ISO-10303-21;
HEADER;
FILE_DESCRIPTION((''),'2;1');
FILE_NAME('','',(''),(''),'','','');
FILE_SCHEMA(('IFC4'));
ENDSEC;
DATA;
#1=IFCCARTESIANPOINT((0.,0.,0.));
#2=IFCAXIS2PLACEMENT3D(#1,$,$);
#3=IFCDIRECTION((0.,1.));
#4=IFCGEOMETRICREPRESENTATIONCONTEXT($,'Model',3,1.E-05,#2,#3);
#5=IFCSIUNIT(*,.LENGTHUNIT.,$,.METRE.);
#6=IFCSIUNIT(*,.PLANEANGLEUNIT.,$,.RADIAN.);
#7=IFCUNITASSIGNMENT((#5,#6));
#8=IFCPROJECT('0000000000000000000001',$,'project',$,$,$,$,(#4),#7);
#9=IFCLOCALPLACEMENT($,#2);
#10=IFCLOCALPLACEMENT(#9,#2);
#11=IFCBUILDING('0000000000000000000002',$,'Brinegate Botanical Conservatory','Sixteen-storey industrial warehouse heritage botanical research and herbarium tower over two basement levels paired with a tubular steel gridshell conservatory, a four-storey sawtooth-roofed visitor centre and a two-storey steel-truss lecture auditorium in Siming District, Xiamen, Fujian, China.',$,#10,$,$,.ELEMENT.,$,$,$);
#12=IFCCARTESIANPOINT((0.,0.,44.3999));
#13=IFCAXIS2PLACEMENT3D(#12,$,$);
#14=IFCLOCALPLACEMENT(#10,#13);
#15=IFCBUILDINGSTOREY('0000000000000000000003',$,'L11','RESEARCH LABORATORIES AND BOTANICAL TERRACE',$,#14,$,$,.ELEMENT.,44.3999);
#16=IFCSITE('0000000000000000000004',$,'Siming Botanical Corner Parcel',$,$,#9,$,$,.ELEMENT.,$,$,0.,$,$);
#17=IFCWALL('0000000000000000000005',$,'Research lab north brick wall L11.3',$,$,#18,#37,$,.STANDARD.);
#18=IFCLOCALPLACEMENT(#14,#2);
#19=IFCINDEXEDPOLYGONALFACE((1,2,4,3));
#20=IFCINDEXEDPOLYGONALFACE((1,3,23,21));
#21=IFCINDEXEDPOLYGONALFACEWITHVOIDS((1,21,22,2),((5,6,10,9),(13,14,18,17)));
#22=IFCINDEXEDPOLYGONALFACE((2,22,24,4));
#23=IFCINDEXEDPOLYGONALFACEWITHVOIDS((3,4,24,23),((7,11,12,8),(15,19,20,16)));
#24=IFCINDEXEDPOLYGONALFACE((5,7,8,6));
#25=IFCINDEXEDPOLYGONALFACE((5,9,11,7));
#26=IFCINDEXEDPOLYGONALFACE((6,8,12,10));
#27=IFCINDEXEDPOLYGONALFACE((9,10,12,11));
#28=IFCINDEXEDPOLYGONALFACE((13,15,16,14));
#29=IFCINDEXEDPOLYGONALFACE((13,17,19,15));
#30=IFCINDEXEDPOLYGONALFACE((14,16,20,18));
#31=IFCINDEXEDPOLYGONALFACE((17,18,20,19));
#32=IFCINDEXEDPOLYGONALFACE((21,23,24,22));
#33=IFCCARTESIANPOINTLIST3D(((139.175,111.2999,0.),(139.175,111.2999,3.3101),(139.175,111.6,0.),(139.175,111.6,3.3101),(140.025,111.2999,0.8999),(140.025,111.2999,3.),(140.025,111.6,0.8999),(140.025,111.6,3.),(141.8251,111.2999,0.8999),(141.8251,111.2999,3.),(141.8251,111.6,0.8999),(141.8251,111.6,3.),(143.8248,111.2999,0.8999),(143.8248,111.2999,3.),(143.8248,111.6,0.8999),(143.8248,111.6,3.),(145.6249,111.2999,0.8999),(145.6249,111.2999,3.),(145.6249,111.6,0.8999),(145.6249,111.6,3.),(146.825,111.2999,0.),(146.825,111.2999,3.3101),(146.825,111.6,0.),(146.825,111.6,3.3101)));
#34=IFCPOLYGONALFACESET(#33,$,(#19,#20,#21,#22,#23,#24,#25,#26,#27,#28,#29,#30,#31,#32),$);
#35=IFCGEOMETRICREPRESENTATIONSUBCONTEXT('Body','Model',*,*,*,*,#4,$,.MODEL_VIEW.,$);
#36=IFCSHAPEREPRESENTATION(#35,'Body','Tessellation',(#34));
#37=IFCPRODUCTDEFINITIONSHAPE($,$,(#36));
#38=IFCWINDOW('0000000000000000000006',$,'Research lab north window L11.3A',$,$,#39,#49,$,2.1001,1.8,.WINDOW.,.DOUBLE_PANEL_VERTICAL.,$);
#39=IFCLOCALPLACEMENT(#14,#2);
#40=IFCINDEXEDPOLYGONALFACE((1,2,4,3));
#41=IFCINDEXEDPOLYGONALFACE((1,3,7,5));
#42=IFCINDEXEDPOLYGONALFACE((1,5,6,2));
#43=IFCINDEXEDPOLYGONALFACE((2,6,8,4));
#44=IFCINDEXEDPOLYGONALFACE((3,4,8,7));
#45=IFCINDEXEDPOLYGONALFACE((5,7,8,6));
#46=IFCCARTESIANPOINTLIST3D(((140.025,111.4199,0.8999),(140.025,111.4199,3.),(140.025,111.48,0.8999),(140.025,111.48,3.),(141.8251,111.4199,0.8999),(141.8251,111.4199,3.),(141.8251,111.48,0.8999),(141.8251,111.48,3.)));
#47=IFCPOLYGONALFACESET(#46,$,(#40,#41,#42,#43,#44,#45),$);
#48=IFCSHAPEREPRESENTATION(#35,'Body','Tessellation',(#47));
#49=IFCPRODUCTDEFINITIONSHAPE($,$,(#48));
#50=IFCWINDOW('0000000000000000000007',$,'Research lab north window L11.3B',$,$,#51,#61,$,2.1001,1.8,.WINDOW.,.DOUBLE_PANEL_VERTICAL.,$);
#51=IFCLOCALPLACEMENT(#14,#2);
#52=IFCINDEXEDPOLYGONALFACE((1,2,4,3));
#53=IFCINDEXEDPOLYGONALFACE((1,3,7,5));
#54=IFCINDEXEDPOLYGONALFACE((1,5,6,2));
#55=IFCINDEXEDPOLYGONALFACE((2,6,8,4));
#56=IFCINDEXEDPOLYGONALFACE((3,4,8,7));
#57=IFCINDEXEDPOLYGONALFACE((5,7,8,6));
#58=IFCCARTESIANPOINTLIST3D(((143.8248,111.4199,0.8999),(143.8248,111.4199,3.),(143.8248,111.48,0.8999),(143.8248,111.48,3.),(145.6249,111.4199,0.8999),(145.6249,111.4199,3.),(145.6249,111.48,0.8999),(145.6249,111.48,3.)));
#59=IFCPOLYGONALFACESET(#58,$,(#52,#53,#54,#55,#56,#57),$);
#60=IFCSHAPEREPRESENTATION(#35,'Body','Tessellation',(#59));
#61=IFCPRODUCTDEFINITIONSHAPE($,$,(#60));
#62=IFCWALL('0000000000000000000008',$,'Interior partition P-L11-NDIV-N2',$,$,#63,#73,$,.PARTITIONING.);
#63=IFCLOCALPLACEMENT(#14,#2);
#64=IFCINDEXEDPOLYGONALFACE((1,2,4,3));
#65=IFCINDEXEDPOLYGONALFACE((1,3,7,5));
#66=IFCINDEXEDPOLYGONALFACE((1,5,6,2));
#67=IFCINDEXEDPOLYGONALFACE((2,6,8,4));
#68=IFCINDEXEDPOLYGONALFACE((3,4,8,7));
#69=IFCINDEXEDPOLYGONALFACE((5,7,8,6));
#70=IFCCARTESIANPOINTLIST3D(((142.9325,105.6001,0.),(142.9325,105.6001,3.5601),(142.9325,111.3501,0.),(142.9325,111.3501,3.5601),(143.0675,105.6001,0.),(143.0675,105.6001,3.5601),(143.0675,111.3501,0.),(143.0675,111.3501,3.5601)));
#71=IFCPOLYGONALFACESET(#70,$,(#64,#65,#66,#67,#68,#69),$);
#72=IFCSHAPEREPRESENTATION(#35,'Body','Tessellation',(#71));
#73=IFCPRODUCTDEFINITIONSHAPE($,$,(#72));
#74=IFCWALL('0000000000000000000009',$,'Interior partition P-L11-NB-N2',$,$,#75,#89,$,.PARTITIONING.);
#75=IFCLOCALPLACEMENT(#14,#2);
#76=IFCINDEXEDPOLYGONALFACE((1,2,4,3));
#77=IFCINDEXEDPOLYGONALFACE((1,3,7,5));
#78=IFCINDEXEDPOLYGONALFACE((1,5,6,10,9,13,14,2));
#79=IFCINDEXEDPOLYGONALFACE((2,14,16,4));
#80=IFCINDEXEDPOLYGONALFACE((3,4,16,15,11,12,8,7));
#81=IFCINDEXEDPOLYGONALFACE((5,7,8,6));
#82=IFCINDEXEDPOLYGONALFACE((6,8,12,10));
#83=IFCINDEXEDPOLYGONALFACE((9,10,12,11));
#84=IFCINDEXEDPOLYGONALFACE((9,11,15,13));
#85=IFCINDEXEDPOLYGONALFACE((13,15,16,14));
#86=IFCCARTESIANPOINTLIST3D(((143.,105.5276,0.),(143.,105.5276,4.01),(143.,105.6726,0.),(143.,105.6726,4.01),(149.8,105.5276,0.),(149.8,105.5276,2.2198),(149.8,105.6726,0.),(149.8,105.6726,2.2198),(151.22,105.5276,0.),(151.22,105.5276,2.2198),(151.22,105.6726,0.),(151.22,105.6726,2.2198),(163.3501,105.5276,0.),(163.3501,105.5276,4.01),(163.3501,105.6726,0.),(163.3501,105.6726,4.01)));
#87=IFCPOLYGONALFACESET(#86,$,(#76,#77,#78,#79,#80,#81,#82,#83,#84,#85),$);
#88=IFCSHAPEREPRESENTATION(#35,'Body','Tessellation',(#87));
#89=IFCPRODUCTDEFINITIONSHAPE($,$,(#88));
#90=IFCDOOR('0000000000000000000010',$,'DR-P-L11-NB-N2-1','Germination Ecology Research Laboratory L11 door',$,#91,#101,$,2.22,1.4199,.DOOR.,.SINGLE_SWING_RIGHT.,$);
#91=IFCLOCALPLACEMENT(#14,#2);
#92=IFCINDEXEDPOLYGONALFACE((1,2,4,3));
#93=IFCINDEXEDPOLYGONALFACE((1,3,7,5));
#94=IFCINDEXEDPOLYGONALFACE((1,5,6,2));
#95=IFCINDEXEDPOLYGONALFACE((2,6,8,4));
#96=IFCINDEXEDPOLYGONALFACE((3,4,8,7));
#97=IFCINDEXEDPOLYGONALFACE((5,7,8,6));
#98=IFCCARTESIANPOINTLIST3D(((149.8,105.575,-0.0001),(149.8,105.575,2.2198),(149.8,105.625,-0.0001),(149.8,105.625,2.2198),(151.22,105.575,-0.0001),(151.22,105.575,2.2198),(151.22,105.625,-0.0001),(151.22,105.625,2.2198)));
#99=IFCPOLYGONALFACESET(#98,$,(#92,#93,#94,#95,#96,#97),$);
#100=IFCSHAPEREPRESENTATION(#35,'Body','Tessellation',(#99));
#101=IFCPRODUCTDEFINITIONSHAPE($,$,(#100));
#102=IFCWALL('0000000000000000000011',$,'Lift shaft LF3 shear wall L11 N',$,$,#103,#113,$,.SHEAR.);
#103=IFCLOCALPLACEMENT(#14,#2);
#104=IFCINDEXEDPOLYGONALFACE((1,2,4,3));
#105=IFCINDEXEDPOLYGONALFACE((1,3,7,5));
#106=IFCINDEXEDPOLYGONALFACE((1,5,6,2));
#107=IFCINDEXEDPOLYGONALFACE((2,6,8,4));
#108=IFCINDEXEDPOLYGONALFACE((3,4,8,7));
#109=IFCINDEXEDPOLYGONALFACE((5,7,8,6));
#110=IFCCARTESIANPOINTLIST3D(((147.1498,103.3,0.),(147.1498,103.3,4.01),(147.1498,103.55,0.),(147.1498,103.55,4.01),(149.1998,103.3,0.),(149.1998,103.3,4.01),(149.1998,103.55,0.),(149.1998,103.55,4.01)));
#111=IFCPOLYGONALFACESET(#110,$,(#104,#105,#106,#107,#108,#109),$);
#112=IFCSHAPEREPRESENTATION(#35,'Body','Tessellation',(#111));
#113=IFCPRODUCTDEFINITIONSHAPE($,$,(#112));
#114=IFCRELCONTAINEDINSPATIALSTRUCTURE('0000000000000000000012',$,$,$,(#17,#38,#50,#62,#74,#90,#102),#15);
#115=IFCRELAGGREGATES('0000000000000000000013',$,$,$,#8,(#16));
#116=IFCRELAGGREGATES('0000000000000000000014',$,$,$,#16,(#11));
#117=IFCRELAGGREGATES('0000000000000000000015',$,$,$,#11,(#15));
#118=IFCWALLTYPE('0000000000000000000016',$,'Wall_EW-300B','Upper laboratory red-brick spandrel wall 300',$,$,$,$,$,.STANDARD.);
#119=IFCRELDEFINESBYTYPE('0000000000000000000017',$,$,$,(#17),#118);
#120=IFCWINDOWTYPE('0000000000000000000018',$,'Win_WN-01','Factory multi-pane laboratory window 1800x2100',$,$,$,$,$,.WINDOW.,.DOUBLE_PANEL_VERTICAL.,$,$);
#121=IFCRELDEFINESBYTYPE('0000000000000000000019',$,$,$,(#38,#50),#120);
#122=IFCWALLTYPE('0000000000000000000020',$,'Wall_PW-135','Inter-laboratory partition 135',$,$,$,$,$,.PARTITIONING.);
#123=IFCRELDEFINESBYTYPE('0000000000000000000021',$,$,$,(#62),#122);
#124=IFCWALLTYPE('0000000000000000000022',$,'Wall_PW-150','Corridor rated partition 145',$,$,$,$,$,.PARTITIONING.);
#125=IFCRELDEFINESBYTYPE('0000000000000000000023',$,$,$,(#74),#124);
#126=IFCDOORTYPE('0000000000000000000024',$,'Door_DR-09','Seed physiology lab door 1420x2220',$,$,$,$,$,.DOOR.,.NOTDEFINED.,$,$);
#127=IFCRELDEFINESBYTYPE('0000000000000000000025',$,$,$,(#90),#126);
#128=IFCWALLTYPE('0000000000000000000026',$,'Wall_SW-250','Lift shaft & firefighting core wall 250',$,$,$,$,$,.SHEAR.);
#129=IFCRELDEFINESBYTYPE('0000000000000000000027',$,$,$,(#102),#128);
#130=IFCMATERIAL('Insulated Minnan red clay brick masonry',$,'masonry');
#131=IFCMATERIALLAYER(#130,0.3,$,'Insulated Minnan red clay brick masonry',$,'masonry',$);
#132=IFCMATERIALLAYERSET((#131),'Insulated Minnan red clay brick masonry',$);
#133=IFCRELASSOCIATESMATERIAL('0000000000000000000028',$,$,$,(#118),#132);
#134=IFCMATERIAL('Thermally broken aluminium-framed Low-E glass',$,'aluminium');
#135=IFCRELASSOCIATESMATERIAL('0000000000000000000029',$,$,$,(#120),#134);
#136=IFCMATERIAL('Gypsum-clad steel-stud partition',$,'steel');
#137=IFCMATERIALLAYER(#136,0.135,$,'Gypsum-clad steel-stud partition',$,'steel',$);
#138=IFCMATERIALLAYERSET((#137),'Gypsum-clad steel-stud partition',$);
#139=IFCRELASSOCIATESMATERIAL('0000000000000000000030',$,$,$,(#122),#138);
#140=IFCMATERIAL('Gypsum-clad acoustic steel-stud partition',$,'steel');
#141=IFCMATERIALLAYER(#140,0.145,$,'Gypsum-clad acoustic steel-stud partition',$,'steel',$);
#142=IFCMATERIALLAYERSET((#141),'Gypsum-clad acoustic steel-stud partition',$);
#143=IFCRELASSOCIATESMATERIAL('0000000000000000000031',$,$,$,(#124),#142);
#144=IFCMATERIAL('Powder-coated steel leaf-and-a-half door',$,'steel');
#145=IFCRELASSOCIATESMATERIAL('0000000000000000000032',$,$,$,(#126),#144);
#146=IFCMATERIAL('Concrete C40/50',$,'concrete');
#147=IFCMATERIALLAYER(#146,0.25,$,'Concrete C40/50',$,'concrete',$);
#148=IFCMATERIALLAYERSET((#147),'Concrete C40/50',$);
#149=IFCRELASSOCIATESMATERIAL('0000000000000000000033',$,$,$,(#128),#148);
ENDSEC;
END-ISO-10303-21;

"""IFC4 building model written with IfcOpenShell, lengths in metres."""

from ifc_helpers import new_model, si_unit, direction, frame, frame_2d, origin, place, context, subcontext, project, spatial, rectangle, extrude, material, layer, layer_set, type_object, element, fill, save


model = new_model("IFC4")

# Units and contexts
model_context = context("Model", 3, precision=1e-05, world=origin(), true_north=direction((0.0, 1.0)))
body_context = subcontext(model_context, "Body", "Model", "MODEL_VIEW")
ifc_project = project(units=[si_unit("LENGTHUNIT", "METRE"), si_unit("PLANEANGLEUNIT", "RADIAN")], contexts=[model_context])

# Site, building, storey
site_placement = place(None, origin())
site = spatial("IfcSite", under=ifc_project, at=site_placement, Name="Siming Botanical Corner Parcel", CompositionType="ELEMENT", RefElevation=0.0)
building_placement = place(site_placement, origin())
building = spatial("IfcBuilding", under=site, at=building_placement, Name="Brinegate Botanical Conservatory", Description="Sixteen-storey industrial warehouse heritage botanical research and herbarium tower over two basement levels paired with a tubular steel gridshell conservatory, a four-storey sawtooth-roofed visitor centre and a two-storey steel-truss lecture auditorium in Siming District, Xiamen, Fujian, China.", CompositionType="ELEMENT")
storey_placement = place(building_placement, frame((0.0, 0.0, 44.3999)))
storey = spatial("IfcBuildingStorey", under=building, at=storey_placement, Name="L11", Description="RESEARCH LABORATORIES AND BOTANICAL TERRACE", CompositionType="ELEMENT", Elevation=44.3999)

# Shared definitions
ifc_material_1 = material(Name="Concrete C40/50", Category="concrete")

# Wall, openings, windows
ifc_material_2 = material(Name="Insulated Minnan red clay brick masonry", Category="masonry")
ifc_layer_1 = layer(ifc_material_2, 0.3, Name="Insulated Minnan red clay brick masonry", Category="masonry")
ifc_layer_set_1 = layer_set([ifc_layer_1], Name="Insulated Minnan red clay brick masonry")
wall_type_1 = type_object("IfcWallType", Name="Wall_EW-300B", Description="Upper laboratory red-brick spandrel wall 300", PredefinedType="STANDARD", material=ifc_layer_set_1)
wall_1_placement = place(storey_placement, frame((139.175, 111.45, 0.0), z_axis=(0.0, 0.0, 1.0), x_axis=(1.0, 0.0, 0.0)))
wall_1 = element("IfcWall", 1, at=wall_1_placement, inside=storey, type_object=wall_type_1, Name="Research lab north brick wall L11.3", PredefinedType="STANDARD", context=body_context, shape_type="SweptSolid", body=[
    extrude(rectangle(XDim=7.6499, YDim=0.3, at=frame_2d((3.825, 0.0))), origin(), (0.0, 0.0, 1.0), 3.3101),
])
opening_1_placement = place(wall_1_placement, frame((0.8501, 0.0, 0.8999)))
opening_1 = element("IfcOpeningElement", 2, at=opening_1_placement, cuts=wall_1, PredefinedType="OPENING", context=body_context, shape_type="SweptSolid", body=[
    extrude(rectangle(XDim=1.8, YDim=2.1001, at=frame_2d((0.8999, 1.05))), frame((0.0, 0.1599, 0.0), z_axis=(0.0, -1.0, 0.0), x_axis=(1.0, 0.0, 0.0)), (0.0, 0.0, 1.0), 0.3201),
])
opening_2_placement = place(wall_1_placement, frame((4.6499, 0.0, 0.8999)))
opening_2 = element("IfcOpeningElement", 3, at=opening_2_placement, cuts=wall_1, PredefinedType="OPENING", context=body_context, shape_type="SweptSolid", body=[
    extrude(rectangle(XDim=1.8, YDim=2.1001, at=frame_2d((0.8999, 1.05))), frame((0.0, 0.1599, 0.0), z_axis=(0.0, -1.0, 0.0), x_axis=(1.0, 0.0, 0.0)), (0.0, 0.0, 1.0), 0.3201),
])
ifc_material_3 = material(Name="Thermally broken aluminium-framed Low-E glass", Category="aluminium")
window_type = type_object("IfcWindowType", Name="Win_WN-01", Description="Factory multi-pane laboratory window 1800x2100", PartitioningType="DOUBLE_PANEL_VERTICAL", PredefinedType="WINDOW", material=ifc_material_3)
window_1_placement = place(opening_1_placement, origin())
window_1 = element("IfcWindow", 4, at=window_1_placement, inside=storey, type_object=window_type, Name="Research lab north window L11.3A", OverallHeight=2.1001, OverallWidth=1.8, PartitioningType="DOUBLE_PANEL_VERTICAL", PredefinedType="WINDOW", context=body_context, shape_type="SweptSolid", body=[
    extrude(rectangle(XDim=1.8, YDim=2.1001, at=frame_2d((0.8999, 1.05))), frame((0.0, 0.03, 0.0), z_axis=(0.0, -1.0, 0.0), x_axis=(1.0, 0.0, 0.0)), (0.0, 0.0, 1.0), 0.0601),
])
fill(opening_1, window_1)
window_2_placement = place(opening_2_placement, origin())
window_2 = element("IfcWindow", 5, at=window_2_placement, inside=storey, type_object=window_type, Name="Research lab north window L11.3B", OverallHeight=2.1001, OverallWidth=1.8, PartitioningType="DOUBLE_PANEL_VERTICAL", PredefinedType="WINDOW", context=body_context, shape_type="SweptSolid", body=[
    extrude(rectangle(XDim=1.8, YDim=2.1001, at=frame_2d((0.8999, 1.05))), frame((0.0, 0.03, 0.0), z_axis=(0.0, -1.0, 0.0), x_axis=(1.0, 0.0, 0.0)), (0.0, 0.0, 1.0), 0.0601),
])
fill(opening_2, window_2)

# Wall
ifc_material_4 = material(Name="Gypsum-clad steel-stud partition", Category="steel")
ifc_layer_2 = layer(ifc_material_4, 0.135, Name="Gypsum-clad steel-stud partition", Category="steel")
ifc_layer_set_2 = layer_set([ifc_layer_2], Name="Gypsum-clad steel-stud partition")
wall_type_2 = type_object("IfcWallType", Name="Wall_PW-135", Description="Inter-laboratory partition 135", PredefinedType="PARTITIONING", material=ifc_layer_set_2)
wall_2_placement = place(storey_placement, frame((143.0, 105.6001, 0.0), z_axis=(0.0, 0.0, 1.0), x_axis=(0.0, 1.0, 0.0)))
element("IfcWall", 6, at=wall_2_placement, inside=storey, type_object=wall_type_2, Name="Interior partition P-L11-NDIV-N2", PredefinedType="PARTITIONING", context=body_context, shape_type="SweptSolid", body=[
    extrude(rectangle(XDim=5.75, YDim=0.135, at=frame_2d((2.875, 0.0))), origin(), (0.0, 0.0, 1.0), 3.5601),
])

# Wall, opening, door
ifc_material_5 = material(Name="Gypsum-clad acoustic steel-stud partition", Category="steel")
ifc_layer_3 = layer(ifc_material_5, 0.145, Name="Gypsum-clad acoustic steel-stud partition", Category="steel")
ifc_layer_set_3 = layer_set([ifc_layer_3], Name="Gypsum-clad acoustic steel-stud partition")
wall_type_3 = type_object("IfcWallType", Name="Wall_PW-150", Description="Corridor rated partition 145", PredefinedType="PARTITIONING", material=ifc_layer_set_3)
wall_3_placement = place(storey_placement, frame((143.0, 105.6001, 0.0), z_axis=(0.0, 0.0, 1.0), x_axis=(1.0, 0.0, 0.0)))
wall_3 = element("IfcWall", 7, at=wall_3_placement, inside=storey, type_object=wall_type_3, Name="Interior partition P-L11-NB-N2", PredefinedType="PARTITIONING", context=body_context, shape_type="SweptSolid", body=[
    extrude(rectangle(XDim=20.3501, YDim=0.145, at=frame_2d((10.175, 0.0))), origin(), (0.0, 0.0, 1.0), 4.01),
])
opening_3_placement = place(wall_3_placement, frame((6.8, 0.0, 0.0)))
opening_3 = element("IfcOpeningElement", 8, at=opening_3_placement, cuts=wall_3, PredefinedType="OPENING", context=body_context, shape_type="SweptSolid", body=[
    extrude(rectangle(XDim=1.4199, YDim=2.22, at=frame_2d((0.71, 1.1099))), frame((0.0, 0.0825, 0.0), z_axis=(0.0, -1.0, 0.0), x_axis=(1.0, 0.0, 0.0)), (0.0, 0.0, 1.0), 0.165),
])
ifc_material_6 = material(Name="Powder-coated steel leaf-and-a-half door", Category="steel")
door_type = type_object("IfcDoorType", Name="Door_DR-09", Description="Seed physiology lab door 1420x2220", OperationType="NOTDEFINED", PredefinedType="DOOR", material=ifc_material_6)
door_placement = place(opening_3_placement, origin())
door = element("IfcDoor", 9, at=door_placement, inside=storey, type_object=door_type, Name="DR-P-L11-NB-N2-1", Description="Germination Ecology Research Laboratory L11 door", OperationType="SINGLE_SWING_RIGHT", OverallHeight=2.22, OverallWidth=1.4199, PredefinedType="DOOR", context=body_context, shape_type="SweptSolid", body=[
    extrude(rectangle(XDim=1.4199, YDim=2.22, at=frame_2d((0.71, 1.1099))), frame((0.0, 0.0249, 0.0), z_axis=(0.0, -1.0, 0.0), x_axis=(1.0, 0.0, 0.0)), (0.0, 0.0, 1.0), 0.05),
])
fill(opening_3, door)

# Wall
ifc_layer_4 = layer(ifc_material_1, 0.25, Name="Concrete C40/50", Category="concrete")
ifc_layer_set_4 = layer_set([ifc_layer_4], Name="Concrete C40/50")
wall_type_4 = type_object("IfcWallType", Name="Wall_SW-250", Description="Lift shaft & firefighting core wall 250", PredefinedType="SHEAR", material=ifc_layer_set_4)
wall_4_placement = place(storey_placement, frame((147.1499, 103.425, 0.0), z_axis=(0.0, 0.0, 1.0), x_axis=(1.0, 0.0, 0.0)))
element("IfcWall", 10, at=wall_4_placement, inside=storey, type_object=wall_type_4, Name="Lift shaft LF3 shear wall L11 N", PredefinedType="SHEAR", context=body_context, shape_type="SweptSolid", body=[
    extrude(rectangle(XDim=2.05, YDim=0.25, at=frame_2d((1.0249, 0.0))), origin(), (0.0, 0.0, 1.0), 4.01),
])

save(model, "model.ifc")
